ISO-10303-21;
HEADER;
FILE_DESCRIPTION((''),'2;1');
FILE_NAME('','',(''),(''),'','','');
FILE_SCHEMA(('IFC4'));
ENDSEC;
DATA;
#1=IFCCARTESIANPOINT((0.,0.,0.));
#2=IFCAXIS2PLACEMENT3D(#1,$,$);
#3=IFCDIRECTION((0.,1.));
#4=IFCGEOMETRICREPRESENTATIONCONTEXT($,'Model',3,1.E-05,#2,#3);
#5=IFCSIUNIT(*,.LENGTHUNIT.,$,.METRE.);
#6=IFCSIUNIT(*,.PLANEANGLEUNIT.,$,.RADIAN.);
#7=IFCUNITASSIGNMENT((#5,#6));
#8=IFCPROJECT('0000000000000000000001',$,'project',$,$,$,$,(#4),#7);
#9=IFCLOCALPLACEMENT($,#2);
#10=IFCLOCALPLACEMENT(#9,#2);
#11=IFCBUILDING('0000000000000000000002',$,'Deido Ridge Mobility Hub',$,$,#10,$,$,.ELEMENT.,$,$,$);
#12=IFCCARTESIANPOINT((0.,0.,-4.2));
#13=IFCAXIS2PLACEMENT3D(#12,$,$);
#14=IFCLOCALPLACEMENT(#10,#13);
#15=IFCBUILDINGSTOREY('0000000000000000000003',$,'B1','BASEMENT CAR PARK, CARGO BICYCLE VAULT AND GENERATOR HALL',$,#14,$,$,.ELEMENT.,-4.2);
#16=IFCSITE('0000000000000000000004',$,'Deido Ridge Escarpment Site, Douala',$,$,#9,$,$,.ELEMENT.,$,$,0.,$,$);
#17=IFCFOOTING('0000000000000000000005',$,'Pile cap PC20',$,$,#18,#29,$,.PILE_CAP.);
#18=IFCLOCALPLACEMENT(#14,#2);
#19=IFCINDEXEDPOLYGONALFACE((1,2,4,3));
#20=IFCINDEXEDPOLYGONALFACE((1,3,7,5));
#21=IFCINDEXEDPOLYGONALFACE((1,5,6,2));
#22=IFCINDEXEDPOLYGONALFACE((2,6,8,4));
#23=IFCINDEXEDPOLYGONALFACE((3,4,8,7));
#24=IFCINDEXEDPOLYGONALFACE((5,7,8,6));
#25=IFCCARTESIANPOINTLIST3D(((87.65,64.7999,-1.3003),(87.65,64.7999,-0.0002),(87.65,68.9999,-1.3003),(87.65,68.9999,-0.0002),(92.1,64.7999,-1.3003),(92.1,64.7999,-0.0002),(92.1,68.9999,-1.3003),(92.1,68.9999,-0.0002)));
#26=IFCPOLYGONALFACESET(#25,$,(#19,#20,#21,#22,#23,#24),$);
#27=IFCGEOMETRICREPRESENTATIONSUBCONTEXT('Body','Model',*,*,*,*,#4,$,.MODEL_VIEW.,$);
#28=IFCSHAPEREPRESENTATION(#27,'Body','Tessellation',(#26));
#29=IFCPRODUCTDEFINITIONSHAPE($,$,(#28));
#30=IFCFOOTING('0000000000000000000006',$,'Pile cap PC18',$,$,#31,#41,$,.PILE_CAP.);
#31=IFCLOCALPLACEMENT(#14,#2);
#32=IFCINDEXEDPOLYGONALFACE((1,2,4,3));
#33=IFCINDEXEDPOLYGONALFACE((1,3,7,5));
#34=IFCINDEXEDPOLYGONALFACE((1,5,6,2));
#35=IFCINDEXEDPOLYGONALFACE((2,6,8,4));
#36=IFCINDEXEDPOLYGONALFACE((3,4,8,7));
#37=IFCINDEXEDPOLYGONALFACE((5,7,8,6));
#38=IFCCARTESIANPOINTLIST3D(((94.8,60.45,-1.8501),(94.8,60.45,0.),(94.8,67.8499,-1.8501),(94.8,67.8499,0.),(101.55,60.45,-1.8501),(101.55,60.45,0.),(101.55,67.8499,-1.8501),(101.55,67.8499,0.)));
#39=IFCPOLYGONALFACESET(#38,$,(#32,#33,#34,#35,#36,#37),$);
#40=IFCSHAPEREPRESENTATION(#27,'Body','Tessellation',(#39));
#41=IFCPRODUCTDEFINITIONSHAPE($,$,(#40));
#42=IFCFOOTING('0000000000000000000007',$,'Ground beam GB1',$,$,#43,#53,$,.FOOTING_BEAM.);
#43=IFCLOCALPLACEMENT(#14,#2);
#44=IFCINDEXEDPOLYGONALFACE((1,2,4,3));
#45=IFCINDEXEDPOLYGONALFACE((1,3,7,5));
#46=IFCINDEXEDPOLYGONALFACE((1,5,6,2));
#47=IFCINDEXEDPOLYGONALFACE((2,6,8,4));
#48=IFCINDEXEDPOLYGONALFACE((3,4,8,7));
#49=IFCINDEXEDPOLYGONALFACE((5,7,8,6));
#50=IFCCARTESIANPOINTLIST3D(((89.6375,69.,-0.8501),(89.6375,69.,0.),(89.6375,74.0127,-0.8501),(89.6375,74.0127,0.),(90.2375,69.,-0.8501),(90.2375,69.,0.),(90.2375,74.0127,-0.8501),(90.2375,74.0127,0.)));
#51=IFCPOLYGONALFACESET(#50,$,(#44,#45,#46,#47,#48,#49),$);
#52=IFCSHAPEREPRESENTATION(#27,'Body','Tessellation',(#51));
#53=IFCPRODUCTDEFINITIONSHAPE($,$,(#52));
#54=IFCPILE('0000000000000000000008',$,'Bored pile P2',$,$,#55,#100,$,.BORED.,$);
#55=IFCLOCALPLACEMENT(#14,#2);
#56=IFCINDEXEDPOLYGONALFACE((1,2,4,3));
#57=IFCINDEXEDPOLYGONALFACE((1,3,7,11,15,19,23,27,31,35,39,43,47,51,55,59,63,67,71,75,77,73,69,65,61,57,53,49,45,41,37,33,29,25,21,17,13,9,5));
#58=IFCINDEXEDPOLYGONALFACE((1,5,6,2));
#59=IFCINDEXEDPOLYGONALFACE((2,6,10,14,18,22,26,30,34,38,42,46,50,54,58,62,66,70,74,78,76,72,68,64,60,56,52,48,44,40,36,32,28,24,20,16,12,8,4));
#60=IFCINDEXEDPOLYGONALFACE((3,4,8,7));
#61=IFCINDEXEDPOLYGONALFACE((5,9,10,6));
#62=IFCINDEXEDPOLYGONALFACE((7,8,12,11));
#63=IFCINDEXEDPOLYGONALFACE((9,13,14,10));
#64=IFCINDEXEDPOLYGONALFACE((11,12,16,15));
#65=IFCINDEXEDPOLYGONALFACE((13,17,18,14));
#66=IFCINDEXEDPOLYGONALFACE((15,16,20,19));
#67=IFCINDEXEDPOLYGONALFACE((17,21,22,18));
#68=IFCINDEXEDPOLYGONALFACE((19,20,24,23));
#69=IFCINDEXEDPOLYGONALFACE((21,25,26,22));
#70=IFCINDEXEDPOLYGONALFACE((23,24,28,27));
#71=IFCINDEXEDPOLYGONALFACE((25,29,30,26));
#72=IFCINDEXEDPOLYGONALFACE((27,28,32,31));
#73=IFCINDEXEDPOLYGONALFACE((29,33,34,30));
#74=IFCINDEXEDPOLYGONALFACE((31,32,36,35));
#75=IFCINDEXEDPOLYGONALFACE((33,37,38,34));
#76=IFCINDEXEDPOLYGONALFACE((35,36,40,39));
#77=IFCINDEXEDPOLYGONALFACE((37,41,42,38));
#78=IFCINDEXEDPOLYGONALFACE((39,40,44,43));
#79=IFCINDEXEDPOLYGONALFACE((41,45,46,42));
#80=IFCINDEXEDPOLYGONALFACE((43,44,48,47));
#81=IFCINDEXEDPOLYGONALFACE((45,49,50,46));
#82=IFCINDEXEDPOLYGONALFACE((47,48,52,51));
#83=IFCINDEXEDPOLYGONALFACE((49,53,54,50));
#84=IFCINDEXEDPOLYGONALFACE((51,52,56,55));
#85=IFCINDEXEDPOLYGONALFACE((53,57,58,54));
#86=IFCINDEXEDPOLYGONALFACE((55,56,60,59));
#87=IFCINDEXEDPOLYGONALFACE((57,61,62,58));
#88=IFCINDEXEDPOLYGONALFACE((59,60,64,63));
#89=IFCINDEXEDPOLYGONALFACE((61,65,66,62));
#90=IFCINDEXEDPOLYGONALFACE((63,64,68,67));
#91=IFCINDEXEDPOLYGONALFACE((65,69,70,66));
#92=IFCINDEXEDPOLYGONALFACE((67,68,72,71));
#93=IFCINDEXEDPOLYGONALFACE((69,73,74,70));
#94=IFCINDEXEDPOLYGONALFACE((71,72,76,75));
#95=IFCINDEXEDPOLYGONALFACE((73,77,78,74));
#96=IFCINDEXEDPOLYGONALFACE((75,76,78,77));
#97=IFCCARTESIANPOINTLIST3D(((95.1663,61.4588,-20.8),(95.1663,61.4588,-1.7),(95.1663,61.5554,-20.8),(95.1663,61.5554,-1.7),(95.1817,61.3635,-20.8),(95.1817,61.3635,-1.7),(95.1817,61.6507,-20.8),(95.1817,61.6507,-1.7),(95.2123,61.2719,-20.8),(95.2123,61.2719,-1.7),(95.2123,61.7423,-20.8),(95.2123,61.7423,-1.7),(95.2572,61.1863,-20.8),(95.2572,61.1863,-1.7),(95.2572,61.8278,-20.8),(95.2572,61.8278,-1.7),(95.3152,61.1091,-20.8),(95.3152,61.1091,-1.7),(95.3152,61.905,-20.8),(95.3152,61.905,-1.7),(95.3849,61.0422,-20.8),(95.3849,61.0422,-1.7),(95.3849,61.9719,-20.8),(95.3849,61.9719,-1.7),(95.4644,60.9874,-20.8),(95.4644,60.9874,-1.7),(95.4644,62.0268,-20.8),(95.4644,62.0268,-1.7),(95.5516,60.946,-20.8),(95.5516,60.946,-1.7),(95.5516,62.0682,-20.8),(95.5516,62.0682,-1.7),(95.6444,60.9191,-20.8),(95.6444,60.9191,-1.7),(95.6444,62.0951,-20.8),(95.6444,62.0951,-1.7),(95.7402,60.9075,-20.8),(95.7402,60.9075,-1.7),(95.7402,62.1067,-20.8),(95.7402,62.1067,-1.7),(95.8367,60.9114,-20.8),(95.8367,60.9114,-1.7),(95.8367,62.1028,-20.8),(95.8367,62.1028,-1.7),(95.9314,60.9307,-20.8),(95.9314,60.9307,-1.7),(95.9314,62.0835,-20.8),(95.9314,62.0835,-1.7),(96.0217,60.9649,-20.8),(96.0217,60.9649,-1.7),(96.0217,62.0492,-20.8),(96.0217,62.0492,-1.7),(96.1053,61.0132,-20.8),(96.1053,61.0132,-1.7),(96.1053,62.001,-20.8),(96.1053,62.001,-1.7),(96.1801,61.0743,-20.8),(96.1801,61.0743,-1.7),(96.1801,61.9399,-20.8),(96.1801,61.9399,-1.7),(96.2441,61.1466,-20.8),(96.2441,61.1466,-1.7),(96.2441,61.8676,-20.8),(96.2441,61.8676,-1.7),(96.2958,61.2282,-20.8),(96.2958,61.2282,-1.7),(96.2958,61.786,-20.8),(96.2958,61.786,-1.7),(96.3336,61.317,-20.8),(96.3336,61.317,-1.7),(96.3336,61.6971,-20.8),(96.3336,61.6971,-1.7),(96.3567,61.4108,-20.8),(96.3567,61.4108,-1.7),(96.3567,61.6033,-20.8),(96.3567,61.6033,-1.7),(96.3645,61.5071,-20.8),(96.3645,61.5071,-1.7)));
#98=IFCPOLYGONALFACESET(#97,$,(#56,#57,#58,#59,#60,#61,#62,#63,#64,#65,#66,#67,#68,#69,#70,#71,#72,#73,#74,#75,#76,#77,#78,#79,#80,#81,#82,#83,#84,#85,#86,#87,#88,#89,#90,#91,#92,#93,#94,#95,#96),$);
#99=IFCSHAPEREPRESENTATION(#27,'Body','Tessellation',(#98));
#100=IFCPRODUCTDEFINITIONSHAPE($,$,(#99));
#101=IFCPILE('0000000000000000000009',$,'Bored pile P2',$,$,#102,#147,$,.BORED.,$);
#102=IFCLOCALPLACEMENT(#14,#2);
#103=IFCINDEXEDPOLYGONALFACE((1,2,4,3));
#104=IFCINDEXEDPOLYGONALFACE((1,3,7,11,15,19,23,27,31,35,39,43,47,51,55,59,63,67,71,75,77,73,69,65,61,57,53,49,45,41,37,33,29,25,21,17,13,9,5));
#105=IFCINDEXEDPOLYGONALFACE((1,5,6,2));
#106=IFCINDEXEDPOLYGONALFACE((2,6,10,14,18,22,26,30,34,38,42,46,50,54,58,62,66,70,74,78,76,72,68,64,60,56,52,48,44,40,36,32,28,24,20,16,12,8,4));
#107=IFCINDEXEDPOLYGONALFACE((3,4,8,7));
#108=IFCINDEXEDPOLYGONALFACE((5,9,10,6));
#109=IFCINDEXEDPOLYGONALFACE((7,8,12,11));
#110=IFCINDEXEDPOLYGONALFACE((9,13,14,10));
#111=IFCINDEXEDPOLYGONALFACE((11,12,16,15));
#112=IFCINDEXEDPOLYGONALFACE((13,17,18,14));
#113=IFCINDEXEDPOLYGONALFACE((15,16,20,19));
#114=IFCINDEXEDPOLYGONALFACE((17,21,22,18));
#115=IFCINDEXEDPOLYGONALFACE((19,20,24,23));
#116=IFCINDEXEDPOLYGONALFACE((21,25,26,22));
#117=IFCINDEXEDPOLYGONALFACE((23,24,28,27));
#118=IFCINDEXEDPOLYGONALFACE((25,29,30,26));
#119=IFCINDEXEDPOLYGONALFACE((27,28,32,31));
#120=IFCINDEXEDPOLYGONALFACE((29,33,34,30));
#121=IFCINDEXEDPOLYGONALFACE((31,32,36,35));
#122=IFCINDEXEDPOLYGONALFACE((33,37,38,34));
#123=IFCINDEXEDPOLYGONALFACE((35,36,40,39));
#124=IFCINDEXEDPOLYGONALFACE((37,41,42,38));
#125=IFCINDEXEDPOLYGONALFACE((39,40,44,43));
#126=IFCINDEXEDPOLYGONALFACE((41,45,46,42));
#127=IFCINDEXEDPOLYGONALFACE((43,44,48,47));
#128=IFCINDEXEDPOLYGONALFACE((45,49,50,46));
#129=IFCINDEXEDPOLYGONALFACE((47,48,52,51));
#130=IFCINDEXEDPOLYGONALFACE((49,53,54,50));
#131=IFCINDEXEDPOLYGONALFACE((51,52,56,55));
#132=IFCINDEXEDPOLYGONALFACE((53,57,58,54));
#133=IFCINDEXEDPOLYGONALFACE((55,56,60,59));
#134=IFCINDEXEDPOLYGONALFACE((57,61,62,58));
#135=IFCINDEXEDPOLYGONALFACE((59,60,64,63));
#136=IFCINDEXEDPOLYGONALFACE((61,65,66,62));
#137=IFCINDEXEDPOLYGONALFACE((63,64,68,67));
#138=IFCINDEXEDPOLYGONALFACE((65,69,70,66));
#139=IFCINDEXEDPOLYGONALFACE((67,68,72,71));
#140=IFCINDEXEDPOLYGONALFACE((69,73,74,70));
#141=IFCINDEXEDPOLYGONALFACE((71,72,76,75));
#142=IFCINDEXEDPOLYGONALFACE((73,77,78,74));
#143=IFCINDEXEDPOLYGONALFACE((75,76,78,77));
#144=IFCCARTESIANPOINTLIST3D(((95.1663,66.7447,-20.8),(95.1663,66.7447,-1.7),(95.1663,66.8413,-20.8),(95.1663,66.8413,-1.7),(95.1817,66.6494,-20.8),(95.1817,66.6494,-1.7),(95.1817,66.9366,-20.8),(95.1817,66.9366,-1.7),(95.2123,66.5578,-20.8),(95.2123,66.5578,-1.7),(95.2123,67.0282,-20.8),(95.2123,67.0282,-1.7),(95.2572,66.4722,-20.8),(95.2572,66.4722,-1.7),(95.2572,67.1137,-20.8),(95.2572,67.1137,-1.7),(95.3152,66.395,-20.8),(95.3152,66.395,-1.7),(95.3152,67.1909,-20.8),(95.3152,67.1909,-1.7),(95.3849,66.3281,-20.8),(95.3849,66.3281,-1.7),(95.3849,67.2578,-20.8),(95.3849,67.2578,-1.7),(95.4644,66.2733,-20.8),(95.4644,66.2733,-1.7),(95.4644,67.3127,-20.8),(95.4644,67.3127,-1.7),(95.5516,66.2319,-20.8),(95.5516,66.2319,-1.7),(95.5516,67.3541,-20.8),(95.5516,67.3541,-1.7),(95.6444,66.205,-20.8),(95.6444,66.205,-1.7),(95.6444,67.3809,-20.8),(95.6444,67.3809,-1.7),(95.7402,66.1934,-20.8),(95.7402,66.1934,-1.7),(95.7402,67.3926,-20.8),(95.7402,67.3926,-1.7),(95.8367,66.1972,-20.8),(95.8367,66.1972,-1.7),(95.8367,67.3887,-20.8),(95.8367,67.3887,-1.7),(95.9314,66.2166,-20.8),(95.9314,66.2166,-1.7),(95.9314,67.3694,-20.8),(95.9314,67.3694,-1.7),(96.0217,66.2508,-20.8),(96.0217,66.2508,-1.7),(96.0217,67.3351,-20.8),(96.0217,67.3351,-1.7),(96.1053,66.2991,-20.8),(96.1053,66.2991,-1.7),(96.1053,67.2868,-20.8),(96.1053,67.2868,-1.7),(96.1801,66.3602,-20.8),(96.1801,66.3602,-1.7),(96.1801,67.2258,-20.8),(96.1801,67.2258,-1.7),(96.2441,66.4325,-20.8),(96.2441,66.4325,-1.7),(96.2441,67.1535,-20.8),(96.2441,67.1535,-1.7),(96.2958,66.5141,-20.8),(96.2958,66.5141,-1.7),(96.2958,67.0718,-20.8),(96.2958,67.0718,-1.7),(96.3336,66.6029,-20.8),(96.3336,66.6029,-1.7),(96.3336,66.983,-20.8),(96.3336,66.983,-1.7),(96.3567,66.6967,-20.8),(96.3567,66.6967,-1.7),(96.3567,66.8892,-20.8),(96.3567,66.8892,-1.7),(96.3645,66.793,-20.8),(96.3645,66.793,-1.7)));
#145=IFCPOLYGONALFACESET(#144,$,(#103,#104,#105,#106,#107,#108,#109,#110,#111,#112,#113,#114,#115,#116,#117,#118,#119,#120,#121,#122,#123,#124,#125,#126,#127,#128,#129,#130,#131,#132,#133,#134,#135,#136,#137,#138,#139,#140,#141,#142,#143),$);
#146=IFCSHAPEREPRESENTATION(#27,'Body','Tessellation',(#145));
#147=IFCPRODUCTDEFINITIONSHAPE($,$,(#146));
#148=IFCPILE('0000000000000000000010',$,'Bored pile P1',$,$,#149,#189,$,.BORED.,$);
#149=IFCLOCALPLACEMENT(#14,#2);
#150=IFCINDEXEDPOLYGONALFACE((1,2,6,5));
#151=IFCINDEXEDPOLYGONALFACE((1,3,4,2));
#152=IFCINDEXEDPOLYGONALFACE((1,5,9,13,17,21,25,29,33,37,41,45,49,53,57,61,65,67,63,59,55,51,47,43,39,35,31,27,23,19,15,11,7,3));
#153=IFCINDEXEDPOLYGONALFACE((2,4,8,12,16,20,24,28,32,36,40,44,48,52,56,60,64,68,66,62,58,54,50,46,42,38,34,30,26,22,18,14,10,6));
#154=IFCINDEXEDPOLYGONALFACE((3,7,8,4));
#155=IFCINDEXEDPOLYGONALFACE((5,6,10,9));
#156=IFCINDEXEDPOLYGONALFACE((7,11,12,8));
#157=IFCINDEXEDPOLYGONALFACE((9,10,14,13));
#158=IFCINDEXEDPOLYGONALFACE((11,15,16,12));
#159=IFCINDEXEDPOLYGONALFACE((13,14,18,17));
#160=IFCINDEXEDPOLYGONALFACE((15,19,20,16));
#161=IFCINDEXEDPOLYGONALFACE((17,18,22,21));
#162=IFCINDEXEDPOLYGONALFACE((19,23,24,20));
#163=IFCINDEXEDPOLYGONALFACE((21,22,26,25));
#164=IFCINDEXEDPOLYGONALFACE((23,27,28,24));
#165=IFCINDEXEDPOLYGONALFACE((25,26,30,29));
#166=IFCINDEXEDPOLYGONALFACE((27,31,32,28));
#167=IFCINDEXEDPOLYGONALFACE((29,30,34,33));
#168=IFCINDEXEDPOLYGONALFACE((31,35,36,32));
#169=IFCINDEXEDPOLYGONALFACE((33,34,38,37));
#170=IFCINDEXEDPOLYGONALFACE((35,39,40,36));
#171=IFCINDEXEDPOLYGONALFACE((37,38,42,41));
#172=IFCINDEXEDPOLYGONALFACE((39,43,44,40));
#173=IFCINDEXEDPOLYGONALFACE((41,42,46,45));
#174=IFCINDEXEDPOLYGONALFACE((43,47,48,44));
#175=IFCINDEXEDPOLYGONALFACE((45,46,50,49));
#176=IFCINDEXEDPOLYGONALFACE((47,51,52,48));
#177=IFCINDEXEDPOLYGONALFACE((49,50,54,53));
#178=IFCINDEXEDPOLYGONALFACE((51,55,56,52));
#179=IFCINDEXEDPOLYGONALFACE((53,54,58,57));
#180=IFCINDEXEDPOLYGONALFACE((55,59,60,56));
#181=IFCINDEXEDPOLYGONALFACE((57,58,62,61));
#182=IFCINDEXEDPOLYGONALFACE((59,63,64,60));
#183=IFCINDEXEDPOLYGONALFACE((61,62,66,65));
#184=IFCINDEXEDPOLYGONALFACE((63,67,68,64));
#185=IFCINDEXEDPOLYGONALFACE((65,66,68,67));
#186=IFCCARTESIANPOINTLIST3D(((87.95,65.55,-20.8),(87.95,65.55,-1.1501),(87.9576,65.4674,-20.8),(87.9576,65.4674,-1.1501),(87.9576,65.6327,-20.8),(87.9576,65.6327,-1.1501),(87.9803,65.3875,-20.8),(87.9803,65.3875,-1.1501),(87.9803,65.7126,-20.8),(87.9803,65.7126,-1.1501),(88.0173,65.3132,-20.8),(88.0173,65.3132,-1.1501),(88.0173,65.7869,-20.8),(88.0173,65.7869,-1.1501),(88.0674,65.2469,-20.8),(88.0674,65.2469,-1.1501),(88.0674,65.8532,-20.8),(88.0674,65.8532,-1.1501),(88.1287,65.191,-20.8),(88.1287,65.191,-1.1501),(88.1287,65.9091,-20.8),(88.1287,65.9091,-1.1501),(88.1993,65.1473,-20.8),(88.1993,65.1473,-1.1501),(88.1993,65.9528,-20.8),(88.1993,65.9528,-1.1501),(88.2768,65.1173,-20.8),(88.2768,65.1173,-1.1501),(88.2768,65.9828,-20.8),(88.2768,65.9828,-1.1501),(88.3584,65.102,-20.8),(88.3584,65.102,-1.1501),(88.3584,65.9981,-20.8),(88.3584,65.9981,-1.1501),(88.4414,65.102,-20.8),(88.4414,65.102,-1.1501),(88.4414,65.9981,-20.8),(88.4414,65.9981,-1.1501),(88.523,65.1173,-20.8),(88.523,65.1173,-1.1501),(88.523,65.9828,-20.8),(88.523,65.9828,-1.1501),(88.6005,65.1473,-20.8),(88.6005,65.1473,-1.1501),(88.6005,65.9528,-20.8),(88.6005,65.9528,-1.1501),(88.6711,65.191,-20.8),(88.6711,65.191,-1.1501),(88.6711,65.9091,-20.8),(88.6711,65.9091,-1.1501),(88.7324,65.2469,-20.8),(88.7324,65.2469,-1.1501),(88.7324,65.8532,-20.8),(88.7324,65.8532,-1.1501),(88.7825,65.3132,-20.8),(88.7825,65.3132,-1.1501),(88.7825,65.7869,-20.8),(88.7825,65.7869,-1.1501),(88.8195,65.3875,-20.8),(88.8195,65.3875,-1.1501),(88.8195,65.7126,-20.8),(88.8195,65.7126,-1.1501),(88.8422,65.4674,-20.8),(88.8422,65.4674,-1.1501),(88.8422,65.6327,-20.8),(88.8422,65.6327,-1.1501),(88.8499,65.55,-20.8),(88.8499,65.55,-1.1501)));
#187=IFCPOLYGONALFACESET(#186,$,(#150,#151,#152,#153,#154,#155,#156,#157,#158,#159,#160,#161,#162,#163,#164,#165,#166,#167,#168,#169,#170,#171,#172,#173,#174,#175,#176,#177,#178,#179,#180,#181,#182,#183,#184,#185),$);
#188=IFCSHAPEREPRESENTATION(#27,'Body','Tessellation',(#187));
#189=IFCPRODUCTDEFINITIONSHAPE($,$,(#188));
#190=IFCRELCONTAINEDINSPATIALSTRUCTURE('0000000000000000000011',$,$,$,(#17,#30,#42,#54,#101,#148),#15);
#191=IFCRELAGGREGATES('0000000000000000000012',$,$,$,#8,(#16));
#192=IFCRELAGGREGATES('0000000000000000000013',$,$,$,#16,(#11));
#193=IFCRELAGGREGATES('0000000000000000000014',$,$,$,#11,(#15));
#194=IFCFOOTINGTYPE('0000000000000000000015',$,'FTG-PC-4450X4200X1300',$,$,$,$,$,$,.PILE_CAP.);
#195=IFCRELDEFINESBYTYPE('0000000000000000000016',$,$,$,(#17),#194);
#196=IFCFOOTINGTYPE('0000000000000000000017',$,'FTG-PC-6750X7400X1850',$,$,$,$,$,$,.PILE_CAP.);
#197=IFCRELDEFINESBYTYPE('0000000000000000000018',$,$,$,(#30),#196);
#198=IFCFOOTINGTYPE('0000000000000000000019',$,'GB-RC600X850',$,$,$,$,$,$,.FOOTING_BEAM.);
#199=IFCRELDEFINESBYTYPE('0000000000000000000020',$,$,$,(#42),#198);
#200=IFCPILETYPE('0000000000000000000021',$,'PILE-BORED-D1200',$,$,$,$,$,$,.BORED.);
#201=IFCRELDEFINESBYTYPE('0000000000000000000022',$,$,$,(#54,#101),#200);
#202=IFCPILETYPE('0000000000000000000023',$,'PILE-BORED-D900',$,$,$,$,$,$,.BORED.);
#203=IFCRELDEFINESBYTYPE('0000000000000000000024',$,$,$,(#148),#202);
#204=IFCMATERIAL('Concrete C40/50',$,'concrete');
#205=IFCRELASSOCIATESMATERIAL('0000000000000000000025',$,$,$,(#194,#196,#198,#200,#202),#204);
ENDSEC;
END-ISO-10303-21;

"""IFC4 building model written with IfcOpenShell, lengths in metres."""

from ifc_helpers import new_model, si_unit, direction, frame, origin, origin_2d, place, context, subcontext, project, spatial, rectangle, circle, extrude, material, material_profile, profile_set, type_object, element, save


model = new_model("IFC4")

# Units and contexts
model_context = context("Model", 3, precision=1e-05, world=origin(), true_north=direction((0.0, 1.0)))
body_context = subcontext(model_context, "Body", "Model", "MODEL_VIEW")
ifc_project = project(units=[si_unit("LENGTHUNIT", "METRE"), si_unit("PLANEANGLEUNIT", "RADIAN")], contexts=[model_context])

# Site, building, storey
site_placement = place(None, origin())
site = spatial("IfcSite", under=ifc_project, at=site_placement, Name="Deido Ridge Escarpment Site, Douala", CompositionType="ELEMENT", RefElevation=0.0)
building_placement = place(site_placement, origin())
building = spatial("IfcBuilding", under=site, at=building_placement, Name="Deido Ridge Mobility Hub", CompositionType="ELEMENT")
storey_placement = place(building_placement, frame((0.0, 0.0, -4.2)))
storey = spatial("IfcBuildingStorey", under=building, at=storey_placement, Name="B1", Description="BASEMENT CAR PARK, CARGO BICYCLE VAULT AND GENERATOR HALL", CompositionType="ELEMENT", Elevation=-4.2)

# Footings
ifc_material_1 = material(Name="Concrete C40/50", Category="concrete")
footing_type_1 = type_object("IfcFootingType", Name="FTG-PC-4450X4200X1300", PredefinedType="PILE_CAP", material=ifc_material_1)
footing_1_placement = place(storey_placement, frame((89.875, 66.8999, -1.3003), z_axis=(0.0, 0.0, 1.0), x_axis=(1.0, 0.0, 0.0)))
element("IfcFooting", 1, at=footing_1_placement, inside=storey, type_object=footing_type_1, Name="Pile cap PC20", PredefinedType="PILE_CAP", context=body_context, shape_type="SweptSolid", body=[
    extrude(rectangle(XDim=4.45, YDim=4.2, at=origin_2d()), origin(), (0.0, 0.0, 1.0), 1.3),
])
footing_type_2 = type_object("IfcFootingType", Name="FTG-PC-6750X7400X1850", PredefinedType="PILE_CAP", material=ifc_material_1)
footing_2_placement = place(storey_placement, frame((98.175, 64.1499, -1.8501), z_axis=(0.0, 0.0, 1.0), x_axis=(1.0, 0.0, 0.0)))
element("IfcFooting", 2, at=footing_2_placement, inside=storey, type_object=footing_type_2, Name="Pile cap PC18", PredefinedType="PILE_CAP", context=body_context, shape_type="SweptSolid", body=[
    extrude(rectangle(XDim=6.75, YDim=7.3999, at=origin_2d()), origin(), (0.0, 0.0, 1.0), 1.8501),
])
ifc_material_profile_1 = material_profile(ifc_material_1, rectangle(XDim=0.6001, YDim=0.8501, at=origin_2d()), Name="RC GB 600x850")
ifc_profile_set_1 = profile_set([ifc_material_profile_1], Name="Concrete C40/50")
footing_type_3 = type_object("IfcFootingType", Name="GB-RC600X850", PredefinedType="FOOTING_BEAM", material=ifc_profile_set_1)
footing_3_placement = place(storey_placement, frame((89.9375, 69.0, -0.425), z_axis=(0.0, 1.0, 0.0), x_axis=(-1.0, 0.0, 0.0)))
element("IfcFooting", 3, at=footing_3_placement, inside=storey, type_object=footing_type_3, Name="Ground beam GB1", PredefinedType="FOOTING_BEAM", context=body_context, shape_type="SweptSolid", body=[
    extrude(rectangle(XDim=0.6001, YDim=0.8501, at=origin_2d()), origin(), (0.0, 0.0, 1.0), 5.0127),
])

# Piles
ifc_material_profile_2 = material_profile(ifc_material_1, circle(Radius=0.6001, at=origin_2d()), Name="BORED PILE D1200")
ifc_profile_set_2 = profile_set([ifc_material_profile_2], Name="Concrete C40/50")
pile_type_1 = type_object("IfcPileType", Name="PILE-BORED-D1200", PredefinedType="BORED", material=ifc_profile_set_2)
for number, where, z_axis, x_axis, name in (
    (4, (95.7644, 61.5071, -1.7), (0.0, 0.0, -1.0), (1.0, 0.0, 0.0), "Bored pile P2"),
    (5, (95.7644, 66.793, -1.7), (0.0, 0.0, -1.0), (1.0, 0.0, 0.0), "Bored pile P2"),
):
    element("IfcPile", number, at=place(storey_placement, frame(where, z_axis=z_axis, x_axis=x_axis)), inside=storey, type_object=pile_type_1, Name=name, PredefinedType="BORED", context=body_context, shape_type="SweptSolid", body=[
        extrude(circle(Radius=0.6001, at=origin_2d()), origin(), (0.0, 0.0, 1.0), 19.1001),
    ])
ifc_material_profile_3 = material_profile(ifc_material_1, circle(Radius=0.45, at=origin_2d()), Name="BORED PILE D900")
ifc_profile_set_3 = profile_set([ifc_material_profile_3], Name="Concrete C40/50")
pile_type_2 = type_object("IfcPileType", Name="PILE-BORED-D900", PredefinedType="BORED", material=ifc_profile_set_3)
for number, where, z_axis, x_axis, name in (
    (6, (88.3999, 65.55, -1.1501), (0.0, 0.0, -1.0), (1.0, 0.0, 0.0), "Bored pile P1"),
):
    element("IfcPile", number, at=place(storey_placement, frame(where, z_axis=z_axis, x_axis=x_axis)), inside=storey, type_object=pile_type_2, Name=name, PredefinedType="BORED", context=body_context, shape_type="SweptSolid", body=[
        extrude(circle(Radius=0.45, at=origin_2d()), origin(), (0.0, 0.0, 1.0), 19.6499),
    ])

save(model, "model.ifc")
